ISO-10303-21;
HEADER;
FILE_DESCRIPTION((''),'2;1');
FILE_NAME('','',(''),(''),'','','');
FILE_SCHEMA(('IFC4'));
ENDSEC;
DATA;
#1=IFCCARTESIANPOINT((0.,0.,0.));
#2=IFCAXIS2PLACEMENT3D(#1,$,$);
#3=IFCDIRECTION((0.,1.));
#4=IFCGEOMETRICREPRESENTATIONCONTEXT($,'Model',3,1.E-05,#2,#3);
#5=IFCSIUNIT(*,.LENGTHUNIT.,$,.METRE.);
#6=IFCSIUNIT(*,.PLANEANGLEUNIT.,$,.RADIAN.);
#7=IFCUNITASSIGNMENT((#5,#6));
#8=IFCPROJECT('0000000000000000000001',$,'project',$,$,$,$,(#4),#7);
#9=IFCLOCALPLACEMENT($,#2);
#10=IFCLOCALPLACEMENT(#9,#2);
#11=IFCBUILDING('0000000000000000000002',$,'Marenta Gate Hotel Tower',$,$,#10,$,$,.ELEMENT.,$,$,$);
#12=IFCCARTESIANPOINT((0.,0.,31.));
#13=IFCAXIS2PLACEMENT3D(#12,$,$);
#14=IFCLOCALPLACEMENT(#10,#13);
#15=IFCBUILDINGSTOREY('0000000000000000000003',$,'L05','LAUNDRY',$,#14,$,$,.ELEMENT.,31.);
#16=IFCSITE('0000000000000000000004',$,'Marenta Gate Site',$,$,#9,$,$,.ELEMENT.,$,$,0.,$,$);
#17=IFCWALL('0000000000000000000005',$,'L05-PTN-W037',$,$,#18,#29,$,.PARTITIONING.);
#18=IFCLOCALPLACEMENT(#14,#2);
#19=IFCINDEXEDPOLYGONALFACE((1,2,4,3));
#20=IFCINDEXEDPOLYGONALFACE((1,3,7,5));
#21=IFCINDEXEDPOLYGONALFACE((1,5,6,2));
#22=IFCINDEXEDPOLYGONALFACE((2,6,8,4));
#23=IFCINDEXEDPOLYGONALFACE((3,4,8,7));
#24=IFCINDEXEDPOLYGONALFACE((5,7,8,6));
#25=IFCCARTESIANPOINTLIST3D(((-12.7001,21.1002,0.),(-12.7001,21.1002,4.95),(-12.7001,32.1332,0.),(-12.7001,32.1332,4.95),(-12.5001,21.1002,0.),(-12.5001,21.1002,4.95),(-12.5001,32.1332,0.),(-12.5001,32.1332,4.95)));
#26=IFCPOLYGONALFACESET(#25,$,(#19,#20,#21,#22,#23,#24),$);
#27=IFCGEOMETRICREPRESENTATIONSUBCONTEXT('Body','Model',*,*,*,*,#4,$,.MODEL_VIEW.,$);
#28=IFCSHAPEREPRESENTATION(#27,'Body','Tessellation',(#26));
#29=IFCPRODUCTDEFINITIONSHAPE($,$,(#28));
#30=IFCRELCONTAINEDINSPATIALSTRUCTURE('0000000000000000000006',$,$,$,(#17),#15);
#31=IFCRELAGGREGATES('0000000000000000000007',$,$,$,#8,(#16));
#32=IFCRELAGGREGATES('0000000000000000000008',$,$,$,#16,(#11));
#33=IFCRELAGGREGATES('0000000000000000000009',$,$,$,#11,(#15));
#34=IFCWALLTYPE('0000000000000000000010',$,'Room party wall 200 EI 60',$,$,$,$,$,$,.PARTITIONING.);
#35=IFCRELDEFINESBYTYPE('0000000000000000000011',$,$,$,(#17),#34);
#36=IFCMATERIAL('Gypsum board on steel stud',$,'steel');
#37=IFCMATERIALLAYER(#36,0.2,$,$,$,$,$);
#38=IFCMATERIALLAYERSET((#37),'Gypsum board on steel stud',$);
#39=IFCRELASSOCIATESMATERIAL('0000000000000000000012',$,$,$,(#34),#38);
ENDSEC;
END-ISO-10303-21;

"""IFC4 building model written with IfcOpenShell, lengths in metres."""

from ifc_helpers import new_model, si_unit, direction, frame, frame_2d, origin, place, context, subcontext, project, spatial, rectangle, extrude, material, layer, layer_set, type_object, element, save


model = new_model("IFC4")

# Units and contexts
model_context = context("Model", 3, precision=1e-05, world=origin(), true_north=direction((0.0, 1.0)))
body_context = subcontext(model_context, "Body", "Model", "MODEL_VIEW")
ifc_project = project(units=[si_unit("LENGTHUNIT", "METRE"), si_unit("PLANEANGLEUNIT", "RADIAN")], contexts=[model_context])

# Site, building, storey
site_placement = place(None, origin())
site = spatial("IfcSite", under=ifc_project, at=site_placement, Name="Marenta Gate Site", CompositionType="ELEMENT", RefElevation=0.0)
building_placement = place(site_placement, origin())
building = spatial("IfcBuilding", under=site, at=building_placement, Name="Marenta Gate Hotel Tower", CompositionType="ELEMENT")
storey_placement = place(building_placement, frame((0.0, 0.0, 31.0)))
storey = spatial("IfcBuildingStorey", under=building, at=storey_placement, Name="L05", Description="LAUNDRY", CompositionType="ELEMENT", Elevation=31.0)

# Wall
ifc_material_1 = material(Name="Gypsum board on steel stud", Category="steel")
ifc_layer_1 = layer(ifc_material_1, 0.2)
ifc_layer_set_1 = layer_set([ifc_layer_1], Name="Gypsum board on steel stud")
wall_type_1 = type_object("IfcWallType", Name="Room party wall 200 EI 60", PredefinedType="PARTITIONING", material=ifc_layer_set_1)
wall_1_placement = place(storey_placement, frame((-12.6001, 21.1001, 0.0), z_axis=(0.0, 0.0, 1.0), x_axis=(0.0, 1.0, 0.0)))
element("IfcWall", 1, at=wall_1_placement, inside=storey, type_object=wall_type_1, Name="L05-PTN-W037", PredefinedType="PARTITIONING", context=body_context, shape_type="SweptSolid", body=[
    extrude(rectangle(XDim=11.033, YDim=0.2, at=frame_2d((5.5166, 0.0))), origin(), (0.0, 0.0, 1.0), 4.95),
])

save(model, "model.ifc")
